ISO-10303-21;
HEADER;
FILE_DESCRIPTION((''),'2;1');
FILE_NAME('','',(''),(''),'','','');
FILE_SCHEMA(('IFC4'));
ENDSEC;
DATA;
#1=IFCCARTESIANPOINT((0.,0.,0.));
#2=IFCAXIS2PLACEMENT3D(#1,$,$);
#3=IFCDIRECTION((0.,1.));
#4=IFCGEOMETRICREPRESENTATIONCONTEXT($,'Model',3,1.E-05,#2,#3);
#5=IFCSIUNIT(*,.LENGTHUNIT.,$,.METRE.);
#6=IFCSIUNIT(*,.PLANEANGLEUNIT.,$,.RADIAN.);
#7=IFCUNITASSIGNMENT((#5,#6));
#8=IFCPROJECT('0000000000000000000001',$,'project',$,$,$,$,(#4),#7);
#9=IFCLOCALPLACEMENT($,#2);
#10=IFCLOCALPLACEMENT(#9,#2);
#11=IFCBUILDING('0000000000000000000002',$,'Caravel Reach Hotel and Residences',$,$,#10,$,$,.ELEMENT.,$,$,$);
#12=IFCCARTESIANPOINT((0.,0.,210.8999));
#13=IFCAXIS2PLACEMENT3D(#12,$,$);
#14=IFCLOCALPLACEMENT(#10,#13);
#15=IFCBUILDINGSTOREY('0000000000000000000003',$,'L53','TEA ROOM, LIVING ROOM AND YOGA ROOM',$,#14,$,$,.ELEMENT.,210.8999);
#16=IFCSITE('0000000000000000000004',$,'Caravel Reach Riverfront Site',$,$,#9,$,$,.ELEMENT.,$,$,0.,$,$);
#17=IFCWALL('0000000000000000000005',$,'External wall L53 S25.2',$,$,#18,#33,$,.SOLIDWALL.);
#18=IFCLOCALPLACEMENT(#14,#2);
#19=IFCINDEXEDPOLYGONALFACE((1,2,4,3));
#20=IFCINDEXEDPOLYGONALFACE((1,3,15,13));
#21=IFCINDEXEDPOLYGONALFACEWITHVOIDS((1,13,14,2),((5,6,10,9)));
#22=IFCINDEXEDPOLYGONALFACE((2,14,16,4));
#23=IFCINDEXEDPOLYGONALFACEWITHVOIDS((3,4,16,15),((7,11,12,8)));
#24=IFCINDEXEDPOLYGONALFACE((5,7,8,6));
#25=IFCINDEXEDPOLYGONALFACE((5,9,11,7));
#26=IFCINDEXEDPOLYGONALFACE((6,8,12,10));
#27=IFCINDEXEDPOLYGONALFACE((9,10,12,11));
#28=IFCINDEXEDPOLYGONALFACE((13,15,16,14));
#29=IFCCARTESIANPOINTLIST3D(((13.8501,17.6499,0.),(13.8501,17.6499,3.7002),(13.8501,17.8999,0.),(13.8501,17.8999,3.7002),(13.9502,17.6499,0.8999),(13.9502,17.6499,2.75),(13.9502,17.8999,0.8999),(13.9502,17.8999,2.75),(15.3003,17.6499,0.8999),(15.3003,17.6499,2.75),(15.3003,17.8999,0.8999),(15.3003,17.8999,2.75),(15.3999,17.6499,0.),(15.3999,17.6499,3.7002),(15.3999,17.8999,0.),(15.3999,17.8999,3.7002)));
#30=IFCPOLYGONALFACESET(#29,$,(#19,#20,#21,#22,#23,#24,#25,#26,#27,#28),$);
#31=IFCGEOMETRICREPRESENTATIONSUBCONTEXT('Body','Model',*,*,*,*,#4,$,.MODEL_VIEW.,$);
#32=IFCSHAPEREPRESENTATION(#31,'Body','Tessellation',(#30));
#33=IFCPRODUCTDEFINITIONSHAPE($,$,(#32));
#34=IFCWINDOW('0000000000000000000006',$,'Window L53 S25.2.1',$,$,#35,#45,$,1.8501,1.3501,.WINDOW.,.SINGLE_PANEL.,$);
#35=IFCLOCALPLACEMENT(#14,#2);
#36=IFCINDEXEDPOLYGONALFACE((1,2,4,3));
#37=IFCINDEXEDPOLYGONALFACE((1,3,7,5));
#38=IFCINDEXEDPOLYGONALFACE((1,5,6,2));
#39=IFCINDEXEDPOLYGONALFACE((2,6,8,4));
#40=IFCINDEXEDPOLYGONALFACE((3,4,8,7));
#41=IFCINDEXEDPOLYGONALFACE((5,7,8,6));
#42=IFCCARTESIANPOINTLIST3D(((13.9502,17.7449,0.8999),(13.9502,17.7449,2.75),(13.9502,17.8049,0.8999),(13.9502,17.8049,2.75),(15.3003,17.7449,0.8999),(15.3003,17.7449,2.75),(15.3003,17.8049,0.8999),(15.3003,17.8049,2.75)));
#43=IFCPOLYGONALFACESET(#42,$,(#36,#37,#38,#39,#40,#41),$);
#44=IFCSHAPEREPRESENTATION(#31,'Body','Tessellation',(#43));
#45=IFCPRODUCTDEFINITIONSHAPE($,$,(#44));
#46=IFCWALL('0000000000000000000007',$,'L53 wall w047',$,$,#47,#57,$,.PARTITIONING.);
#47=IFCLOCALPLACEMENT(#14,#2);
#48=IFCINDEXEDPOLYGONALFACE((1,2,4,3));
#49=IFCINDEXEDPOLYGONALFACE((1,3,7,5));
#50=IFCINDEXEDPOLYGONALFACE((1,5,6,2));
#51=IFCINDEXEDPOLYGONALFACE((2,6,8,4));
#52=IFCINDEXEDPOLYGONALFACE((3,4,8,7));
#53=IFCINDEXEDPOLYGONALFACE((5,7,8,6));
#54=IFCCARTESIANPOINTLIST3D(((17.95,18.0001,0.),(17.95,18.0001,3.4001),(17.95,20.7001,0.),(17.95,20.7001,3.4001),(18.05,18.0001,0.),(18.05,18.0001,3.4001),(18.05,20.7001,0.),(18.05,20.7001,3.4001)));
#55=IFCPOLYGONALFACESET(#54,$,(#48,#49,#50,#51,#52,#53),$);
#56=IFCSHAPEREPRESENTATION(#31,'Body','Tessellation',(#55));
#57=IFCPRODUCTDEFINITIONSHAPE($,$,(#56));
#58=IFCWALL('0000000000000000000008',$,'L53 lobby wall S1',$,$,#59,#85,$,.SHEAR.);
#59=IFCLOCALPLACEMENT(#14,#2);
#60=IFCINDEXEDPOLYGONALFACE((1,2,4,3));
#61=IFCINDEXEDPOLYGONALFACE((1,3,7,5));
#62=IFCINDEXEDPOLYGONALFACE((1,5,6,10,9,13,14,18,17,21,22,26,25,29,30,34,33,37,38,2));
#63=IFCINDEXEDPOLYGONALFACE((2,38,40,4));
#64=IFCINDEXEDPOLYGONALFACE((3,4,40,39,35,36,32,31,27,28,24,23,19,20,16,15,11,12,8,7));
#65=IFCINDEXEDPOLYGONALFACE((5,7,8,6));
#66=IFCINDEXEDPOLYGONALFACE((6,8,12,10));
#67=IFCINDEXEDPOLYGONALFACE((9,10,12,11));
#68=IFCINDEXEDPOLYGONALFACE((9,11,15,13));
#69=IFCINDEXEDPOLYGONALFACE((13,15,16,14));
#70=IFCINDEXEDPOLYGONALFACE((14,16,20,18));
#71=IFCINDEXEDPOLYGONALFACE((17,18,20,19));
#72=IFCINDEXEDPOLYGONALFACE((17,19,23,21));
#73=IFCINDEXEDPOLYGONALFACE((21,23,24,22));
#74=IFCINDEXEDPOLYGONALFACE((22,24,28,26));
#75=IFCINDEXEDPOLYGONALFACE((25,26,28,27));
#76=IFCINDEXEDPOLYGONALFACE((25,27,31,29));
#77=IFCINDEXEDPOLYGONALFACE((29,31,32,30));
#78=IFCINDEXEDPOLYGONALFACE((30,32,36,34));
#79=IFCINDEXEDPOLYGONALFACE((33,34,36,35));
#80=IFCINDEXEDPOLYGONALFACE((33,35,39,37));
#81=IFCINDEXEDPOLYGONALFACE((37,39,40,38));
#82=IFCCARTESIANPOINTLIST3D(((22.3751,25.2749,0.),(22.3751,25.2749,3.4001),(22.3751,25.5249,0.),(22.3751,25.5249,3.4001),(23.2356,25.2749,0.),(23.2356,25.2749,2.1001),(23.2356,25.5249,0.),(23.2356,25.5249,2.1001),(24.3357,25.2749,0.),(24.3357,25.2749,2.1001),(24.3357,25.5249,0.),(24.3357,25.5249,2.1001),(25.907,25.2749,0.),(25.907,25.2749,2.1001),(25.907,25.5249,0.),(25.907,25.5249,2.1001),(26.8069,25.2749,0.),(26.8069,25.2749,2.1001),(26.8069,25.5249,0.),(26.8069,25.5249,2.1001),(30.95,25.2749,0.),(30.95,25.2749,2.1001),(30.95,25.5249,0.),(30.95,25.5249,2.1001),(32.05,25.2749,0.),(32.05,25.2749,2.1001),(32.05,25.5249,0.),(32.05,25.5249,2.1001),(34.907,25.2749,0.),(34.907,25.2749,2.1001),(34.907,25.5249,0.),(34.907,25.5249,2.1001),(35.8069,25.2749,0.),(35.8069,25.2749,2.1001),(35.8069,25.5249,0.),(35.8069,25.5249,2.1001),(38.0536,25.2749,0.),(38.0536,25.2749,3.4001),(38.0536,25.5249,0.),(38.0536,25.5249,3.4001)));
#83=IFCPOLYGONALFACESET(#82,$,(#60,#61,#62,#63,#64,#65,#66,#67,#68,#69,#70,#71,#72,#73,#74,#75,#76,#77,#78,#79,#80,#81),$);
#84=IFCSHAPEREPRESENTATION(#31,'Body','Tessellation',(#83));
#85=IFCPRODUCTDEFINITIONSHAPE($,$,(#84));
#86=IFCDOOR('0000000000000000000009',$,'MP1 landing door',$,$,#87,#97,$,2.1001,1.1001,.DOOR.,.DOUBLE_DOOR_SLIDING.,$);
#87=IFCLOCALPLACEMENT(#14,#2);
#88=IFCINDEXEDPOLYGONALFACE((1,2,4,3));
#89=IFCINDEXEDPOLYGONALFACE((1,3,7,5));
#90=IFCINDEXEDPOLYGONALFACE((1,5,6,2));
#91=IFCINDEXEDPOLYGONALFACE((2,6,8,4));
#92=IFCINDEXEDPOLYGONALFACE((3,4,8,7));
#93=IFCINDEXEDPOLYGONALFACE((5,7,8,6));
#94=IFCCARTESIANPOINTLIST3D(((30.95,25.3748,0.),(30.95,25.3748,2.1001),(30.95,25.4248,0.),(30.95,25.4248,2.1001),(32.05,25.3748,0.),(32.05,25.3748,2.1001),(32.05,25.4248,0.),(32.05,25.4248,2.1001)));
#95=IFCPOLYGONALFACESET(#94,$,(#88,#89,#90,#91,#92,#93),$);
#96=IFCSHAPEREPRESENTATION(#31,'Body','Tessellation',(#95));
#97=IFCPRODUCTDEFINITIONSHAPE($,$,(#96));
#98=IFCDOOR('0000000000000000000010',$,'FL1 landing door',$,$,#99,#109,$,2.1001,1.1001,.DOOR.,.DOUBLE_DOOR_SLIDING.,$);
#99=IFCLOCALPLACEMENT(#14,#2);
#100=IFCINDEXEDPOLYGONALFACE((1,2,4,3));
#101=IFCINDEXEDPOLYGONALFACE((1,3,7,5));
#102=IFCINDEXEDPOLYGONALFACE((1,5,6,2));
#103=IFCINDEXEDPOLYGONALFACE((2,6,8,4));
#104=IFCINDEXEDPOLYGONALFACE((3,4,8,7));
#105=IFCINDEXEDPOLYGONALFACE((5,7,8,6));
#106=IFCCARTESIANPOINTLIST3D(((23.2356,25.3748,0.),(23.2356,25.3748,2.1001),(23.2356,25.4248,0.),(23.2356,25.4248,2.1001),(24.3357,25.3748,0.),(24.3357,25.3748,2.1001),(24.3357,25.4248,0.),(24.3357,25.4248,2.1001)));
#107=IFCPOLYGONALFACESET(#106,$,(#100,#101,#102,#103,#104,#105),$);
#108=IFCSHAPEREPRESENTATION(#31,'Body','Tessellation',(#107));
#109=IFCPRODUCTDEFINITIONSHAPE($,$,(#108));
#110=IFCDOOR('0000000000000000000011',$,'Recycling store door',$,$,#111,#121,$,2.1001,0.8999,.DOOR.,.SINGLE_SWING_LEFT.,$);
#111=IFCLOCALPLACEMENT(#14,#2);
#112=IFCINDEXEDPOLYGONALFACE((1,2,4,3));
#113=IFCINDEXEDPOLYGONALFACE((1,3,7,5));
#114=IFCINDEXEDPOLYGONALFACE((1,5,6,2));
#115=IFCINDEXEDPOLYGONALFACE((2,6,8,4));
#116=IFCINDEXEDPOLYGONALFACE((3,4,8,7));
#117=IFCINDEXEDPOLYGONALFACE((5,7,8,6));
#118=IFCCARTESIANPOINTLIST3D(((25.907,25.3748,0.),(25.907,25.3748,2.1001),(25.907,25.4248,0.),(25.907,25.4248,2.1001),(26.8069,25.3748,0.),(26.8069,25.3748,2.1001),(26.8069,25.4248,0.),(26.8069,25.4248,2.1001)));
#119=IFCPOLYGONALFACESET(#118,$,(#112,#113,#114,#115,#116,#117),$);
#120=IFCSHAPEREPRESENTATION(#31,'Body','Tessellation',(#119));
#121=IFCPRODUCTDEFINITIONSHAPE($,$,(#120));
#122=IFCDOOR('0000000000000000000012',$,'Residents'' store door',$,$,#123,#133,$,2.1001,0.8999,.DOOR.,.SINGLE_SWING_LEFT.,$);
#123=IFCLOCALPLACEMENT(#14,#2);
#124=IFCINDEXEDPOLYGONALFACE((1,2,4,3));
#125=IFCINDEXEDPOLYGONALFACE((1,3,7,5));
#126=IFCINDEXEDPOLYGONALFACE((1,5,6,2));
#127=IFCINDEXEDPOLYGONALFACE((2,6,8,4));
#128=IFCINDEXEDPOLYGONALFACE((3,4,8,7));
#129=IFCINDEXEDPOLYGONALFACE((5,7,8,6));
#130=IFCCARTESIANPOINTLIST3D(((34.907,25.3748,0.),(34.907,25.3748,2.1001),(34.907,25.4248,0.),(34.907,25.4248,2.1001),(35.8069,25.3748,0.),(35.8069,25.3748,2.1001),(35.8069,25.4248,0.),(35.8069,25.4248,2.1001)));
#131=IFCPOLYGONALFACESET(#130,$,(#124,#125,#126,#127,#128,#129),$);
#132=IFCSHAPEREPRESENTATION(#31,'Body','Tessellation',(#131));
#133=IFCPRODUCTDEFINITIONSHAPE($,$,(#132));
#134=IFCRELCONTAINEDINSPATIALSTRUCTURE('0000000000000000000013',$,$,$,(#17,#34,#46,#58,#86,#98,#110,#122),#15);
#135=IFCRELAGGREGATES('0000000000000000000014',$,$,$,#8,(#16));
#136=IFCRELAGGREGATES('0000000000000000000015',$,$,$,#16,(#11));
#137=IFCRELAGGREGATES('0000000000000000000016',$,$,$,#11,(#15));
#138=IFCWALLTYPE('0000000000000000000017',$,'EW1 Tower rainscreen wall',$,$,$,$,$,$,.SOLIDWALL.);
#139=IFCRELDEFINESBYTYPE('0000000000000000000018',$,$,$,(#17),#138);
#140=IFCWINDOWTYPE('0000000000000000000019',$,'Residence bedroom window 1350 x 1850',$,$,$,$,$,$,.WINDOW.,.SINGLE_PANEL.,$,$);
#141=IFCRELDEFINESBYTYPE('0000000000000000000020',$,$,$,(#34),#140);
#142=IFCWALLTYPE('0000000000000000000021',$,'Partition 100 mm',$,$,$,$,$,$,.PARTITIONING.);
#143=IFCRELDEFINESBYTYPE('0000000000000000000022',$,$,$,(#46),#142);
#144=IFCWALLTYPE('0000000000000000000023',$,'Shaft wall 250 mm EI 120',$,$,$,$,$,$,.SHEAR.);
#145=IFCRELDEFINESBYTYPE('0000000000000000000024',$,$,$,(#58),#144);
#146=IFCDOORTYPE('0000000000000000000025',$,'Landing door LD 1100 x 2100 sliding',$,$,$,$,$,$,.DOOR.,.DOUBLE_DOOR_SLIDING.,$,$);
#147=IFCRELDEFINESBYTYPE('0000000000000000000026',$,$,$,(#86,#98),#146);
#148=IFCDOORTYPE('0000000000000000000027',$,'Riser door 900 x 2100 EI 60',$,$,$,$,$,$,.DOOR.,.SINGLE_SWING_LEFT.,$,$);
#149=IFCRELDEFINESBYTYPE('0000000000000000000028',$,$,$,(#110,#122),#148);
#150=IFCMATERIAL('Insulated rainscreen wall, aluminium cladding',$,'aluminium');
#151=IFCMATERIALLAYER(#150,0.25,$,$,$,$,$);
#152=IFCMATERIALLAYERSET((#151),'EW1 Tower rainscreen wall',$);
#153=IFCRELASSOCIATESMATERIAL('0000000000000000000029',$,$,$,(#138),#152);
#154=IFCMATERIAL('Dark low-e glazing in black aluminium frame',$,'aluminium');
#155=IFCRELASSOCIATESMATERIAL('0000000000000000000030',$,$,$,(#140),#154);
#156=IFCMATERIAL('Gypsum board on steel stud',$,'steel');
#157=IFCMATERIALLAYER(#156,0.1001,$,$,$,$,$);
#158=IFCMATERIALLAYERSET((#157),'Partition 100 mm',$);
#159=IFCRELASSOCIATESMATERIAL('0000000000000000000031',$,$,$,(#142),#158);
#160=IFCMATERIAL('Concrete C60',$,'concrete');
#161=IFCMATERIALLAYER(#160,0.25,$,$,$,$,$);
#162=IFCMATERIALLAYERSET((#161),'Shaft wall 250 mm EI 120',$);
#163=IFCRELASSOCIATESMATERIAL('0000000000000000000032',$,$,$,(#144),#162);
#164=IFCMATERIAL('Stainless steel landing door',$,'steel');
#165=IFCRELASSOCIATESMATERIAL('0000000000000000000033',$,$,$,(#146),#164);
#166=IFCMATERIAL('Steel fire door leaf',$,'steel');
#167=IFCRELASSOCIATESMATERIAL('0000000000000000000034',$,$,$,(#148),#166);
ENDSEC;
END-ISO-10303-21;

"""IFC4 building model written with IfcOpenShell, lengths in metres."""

from ifc_helpers import new_model, si_unit, direction, frame, frame_2d, origin, place, context, subcontext, project, spatial, rectangle, extrude, material, layer, layer_set, type_object, element, fill, save


model = new_model("IFC4")

# Units and contexts
model_context = context("Model", 3, precision=1e-05, world=origin(), true_north=direction((0.0, 1.0)))
body_context = subcontext(model_context, "Body", "Model", "MODEL_VIEW")
ifc_project = project(units=[si_unit("LENGTHUNIT", "METRE"), si_unit("PLANEANGLEUNIT", "RADIAN")], contexts=[model_context])

# Site, building, storey
site_placement = place(None, origin())
site = spatial("IfcSite", under=ifc_project, at=site_placement, Name="Caravel Reach Riverfront Site", CompositionType="ELEMENT", RefElevation=0.0)
building_placement = place(site_placement, origin())
building = spatial("IfcBuilding", under=site, at=building_placement, Name="Caravel Reach Hotel and Residences", CompositionType="ELEMENT")
storey_placement = place(building_placement, frame((0.0, 0.0, 210.8999)))
storey = spatial("IfcBuildingStorey", under=building, at=storey_placement, Name="L53", Description="TEA ROOM, LIVING ROOM AND YOGA ROOM", CompositionType="ELEMENT", Elevation=210.8999)

# Wall, opening, window
ifc_material_1 = material(Name="Insulated rainscreen wall, aluminium cladding", Category="aluminium")
ifc_layer_1 = layer(ifc_material_1, 0.25)
ifc_layer_set_1 = layer_set([ifc_layer_1], Name="EW1 Tower rainscreen wall")
wall_type_1 = type_object("IfcWallType", Name="EW1 Tower rainscreen wall", PredefinedType="SOLIDWALL", material=ifc_layer_set_1)
wall_1_placement = place(storey_placement, frame((13.8501, 17.7749, 0.0), z_axis=(0.0, 0.0, 1.0), x_axis=(1.0, 0.0, 0.0)))
wall_1 = element("IfcWall", 1, at=wall_1_placement, inside=storey, type_object=wall_type_1, Name="External wall L53 S25.2", PredefinedType="SOLIDWALL", context=body_context, shape_type="SweptSolid", body=[
    extrude(rectangle(XDim=1.5498, YDim=0.25, at=frame_2d((0.7749, 0.0))), origin(), (0.0, 0.0, 1.0), 3.7002),
])
opening_1_placement = place(wall_1_placement, frame((0.1001, 0.0, 0.8999)))
opening_1 = element("IfcOpeningElement", 2, at=opening_1_placement, cuts=wall_1, PredefinedType="OPENING", context=body_context, shape_type="SweptSolid", body=[
    extrude(rectangle(XDim=1.3501, YDim=1.8501, at=frame_2d((0.675, 0.925))), frame((0.0, 0.135, 0.0), z_axis=(0.0, -1.0, 0.0), x_axis=(1.0, 0.0, 0.0)), (0.0, 0.0, 1.0), 0.27),
])
ifc_material_2 = material(Name="Dark low-e glazing in black aluminium frame", Category="aluminium")
window_type = type_object("IfcWindowType", Name="Residence bedroom window 1350 x 1850", PartitioningType="SINGLE_PANEL", PredefinedType="WINDOW", material=ifc_material_2)
window_placement = place(opening_1_placement, origin())
window = element("IfcWindow", 3, at=window_placement, inside=storey, type_object=window_type, Name="Window L53 S25.2.1", OverallHeight=1.8501, OverallWidth=1.3501, PartitioningType="SINGLE_PANEL", PredefinedType="WINDOW", context=body_context, shape_type="SweptSolid", body=[
    extrude(rectangle(XDim=1.3501, YDim=1.8501, at=frame_2d((0.675, 0.925))), frame((0.0, 0.03, 0.0), z_axis=(0.0, -1.0, 0.0), x_axis=(1.0, 0.0, 0.0)), (0.0, 0.0, 1.0), 0.0601),
])
fill(opening_1, window)

# Wall
ifc_material_3 = material(Name="Gypsum board on steel stud", Category="steel")
ifc_layer_2 = layer(ifc_material_3, 0.1001)
ifc_layer_set_2 = layer_set([ifc_layer_2], Name="Partition 100 mm")
wall_type_2 = type_object("IfcWallType", Name="Partition 100 mm", PredefinedType="PARTITIONING", material=ifc_layer_set_2)
wall_2_placement = place(storey_placement, frame((18.0, 18.0, 0.0), z_axis=(0.0, 0.0, 1.0), x_axis=(0.0, 1.0, 0.0)))
element("IfcWall", 4, at=wall_2_placement, inside=storey, type_object=wall_type_2, Name="L53 wall w047", PredefinedType="PARTITIONING", context=body_context, shape_type="SweptSolid", body=[
    extrude(rectangle(XDim=2.7, YDim=0.1001, at=frame_2d((1.3501, 0.0))), origin(), (0.0, 0.0, 1.0), 3.4001),
])

# Wall, openings, doors
ifc_material_4 = material(Name="Concrete C60", Category="concrete")
ifc_layer_3 = layer(ifc_material_4, 0.25)
ifc_layer_set_3 = layer_set([ifc_layer_3], Name="Shaft wall 250 mm EI 120")
wall_type_3 = type_object("IfcWallType", Name="Shaft wall 250 mm EI 120", PredefinedType="SHEAR", material=ifc_layer_set_3)
wall_3_placement = place(storey_placement, frame((22.375, 25.3999, 0.0), z_axis=(0.0, 0.0, 1.0), x_axis=(1.0, 0.0, 0.0)))
wall_3 = element("IfcWall", 5, at=wall_3_placement, inside=storey, type_object=wall_type_3, Name="L53 lobby wall S1", PredefinedType="SHEAR", context=body_context, shape_type="SweptSolid", body=[
    extrude(rectangle(XDim=15.6785, YDim=0.25, at=frame_2d((7.8394, 0.0))), origin(), (0.0, 0.0, 1.0), 3.4001),
])
opening_2_placement = place(wall_3_placement, frame((8.575, 0.0, 0.0)))
opening_2 = element("IfcOpeningElement", 6, at=opening_2_placement, cuts=wall_3, PredefinedType="OPENING", context=body_context, shape_type="SweptSolid", body=[
    extrude(rectangle(XDim=1.1001, YDim=2.1001, at=frame_2d((0.55, 1.05))), frame((0.0, 0.135, 0.0), z_axis=(0.0, -1.0, 0.0), x_axis=(1.0, 0.0, 0.0)), (0.0, 0.0, 1.0), 0.27),
])
opening_3_placement = place(wall_3_placement, frame((0.8606, 0.0, 0.0)))
opening_3 = element("IfcOpeningElement", 7, at=opening_3_placement, cuts=wall_3, PredefinedType="OPENING", context=body_context, shape_type="SweptSolid", body=[
    extrude(rectangle(XDim=1.1001, YDim=2.1001, at=frame_2d((0.55, 1.05))), frame((0.0, 0.135, 0.0), z_axis=(0.0, -1.0, 0.0), x_axis=(1.0, 0.0, 0.0)), (0.0, 0.0, 1.0), 0.27),
])
opening_4_placement = place(wall_3_placement, frame((3.532, 0.0, 0.0)))
opening_4 = element("IfcOpeningElement", 8, at=opening_4_placement, cuts=wall_3, PredefinedType="OPENING", context=body_context, shape_type="SweptSolid", body=[
    extrude(rectangle(XDim=0.8999, YDim=2.1001, at=frame_2d((0.45, 1.05))), frame((0.0, 0.135, 0.0), z_axis=(0.0, -1.0, 0.0), x_axis=(1.0, 0.0, 0.0)), (0.0, 0.0, 1.0), 0.27),
])
opening_5_placement = place(wall_3_placement, frame((12.532, 0.0, 0.0)))
opening_5 = element("IfcOpeningElement", 9, at=opening_5_placement, cuts=wall_3, PredefinedType="OPENING", context=body_context, shape_type="SweptSolid", body=[
    extrude(rectangle(XDim=0.8999, YDim=2.1001, at=frame_2d((0.45, 1.05))), frame((0.0, 0.135, 0.0), z_axis=(0.0, -1.0, 0.0), x_axis=(1.0, 0.0, 0.0)), (0.0, 0.0, 1.0), 0.27),
])
ifc_material_5 = material(Name="Stainless steel landing door", Category="steel")
door_type_1 = type_object("IfcDoorType", Name="Landing door LD 1100 x 2100 sliding", OperationType="DOUBLE_DOOR_SLIDING", PredefinedType="DOOR", material=ifc_material_5)
door_1_placement = place(opening_2_placement, origin())
door_1 = element("IfcDoor", 10, at=door_1_placement, inside=storey, type_object=door_type_1, Name="MP1 landing door", OperationType="DOUBLE_DOOR_SLIDING", OverallHeight=2.1001, OverallWidth=1.1001, PredefinedType="DOOR", context=body_context, shape_type="SweptSolid", body=[
    extrude(rectangle(XDim=1.1001, YDim=2.1001, at=frame_2d((0.55, 1.05))), frame((0.0, 0.0249, 0.0), z_axis=(0.0, -1.0, 0.0), x_axis=(1.0, 0.0, 0.0)), (0.0, 0.0, 1.0), 0.05),
])
fill(opening_2, door_1)
door_2_placement = place(opening_3_placement, origin())
door_2 = element("IfcDoor", 11, at=door_2_placement, inside=storey, type_object=door_type_1, Name="FL1 landing door", OperationType="DOUBLE_DOOR_SLIDING", OverallHeight=2.1001, OverallWidth=1.1001, PredefinedType="DOOR", context=body_context, shape_type="SweptSolid", body=[
    extrude(rectangle(XDim=1.1001, YDim=2.1001, at=frame_2d((0.55, 1.05))), frame((0.0, 0.0249, 0.0), z_axis=(0.0, -1.0, 0.0), x_axis=(1.0, 0.0, 0.0)), (0.0, 0.0, 1.0), 0.05),
])
fill(opening_3, door_2)
ifc_material_6 = material(Name="Steel fire door leaf", Category="steel")
door_type_2 = type_object("IfcDoorType", Name="Riser door 900 x 2100 EI 60", OperationType="SINGLE_SWING_LEFT", PredefinedType="DOOR", material=ifc_material_6)
door_3_placement = place(opening_4_placement, origin())
door_3 = element("IfcDoor", 12, at=door_3_placement, inside=storey, type_object=door_type_2, Name="Recycling store door", OperationType="SINGLE_SWING_LEFT", OverallHeight=2.1001, OverallWidth=0.8999, PredefinedType="DOOR", context=body_context, shape_type="SweptSolid", body=[
    extrude(rectangle(XDim=0.8999, YDim=2.1001, at=frame_2d((0.45, 1.05))), frame((0.0, 0.0249, 0.0), z_axis=(0.0, -1.0, 0.0), x_axis=(1.0, 0.0, 0.0)), (0.0, 0.0, 1.0), 0.05),
])
fill(opening_4, door_3)
door_4_placement = place(opening_5_placement, origin())
door_4 = element("IfcDoor", 13, at=door_4_placement, inside=storey, type_object=door_type_2, Name="Residents' store door", OperationType="SINGLE_SWING_LEFT", OverallHeight=2.1001, OverallWidth=0.8999, PredefinedType="DOOR", context=body_context, shape_type="SweptSolid", body=[
    extrude(rectangle(XDim=0.8999, YDim=2.1001, at=frame_2d((0.45, 1.05))), frame((0.0, 0.0249, 0.0), z_axis=(0.0, -1.0, 0.0), x_axis=(1.0, 0.0, 0.0)), (0.0, 0.0, 1.0), 0.05),
])
fill(opening_5, door_4)

save(model, "model.ifc")
